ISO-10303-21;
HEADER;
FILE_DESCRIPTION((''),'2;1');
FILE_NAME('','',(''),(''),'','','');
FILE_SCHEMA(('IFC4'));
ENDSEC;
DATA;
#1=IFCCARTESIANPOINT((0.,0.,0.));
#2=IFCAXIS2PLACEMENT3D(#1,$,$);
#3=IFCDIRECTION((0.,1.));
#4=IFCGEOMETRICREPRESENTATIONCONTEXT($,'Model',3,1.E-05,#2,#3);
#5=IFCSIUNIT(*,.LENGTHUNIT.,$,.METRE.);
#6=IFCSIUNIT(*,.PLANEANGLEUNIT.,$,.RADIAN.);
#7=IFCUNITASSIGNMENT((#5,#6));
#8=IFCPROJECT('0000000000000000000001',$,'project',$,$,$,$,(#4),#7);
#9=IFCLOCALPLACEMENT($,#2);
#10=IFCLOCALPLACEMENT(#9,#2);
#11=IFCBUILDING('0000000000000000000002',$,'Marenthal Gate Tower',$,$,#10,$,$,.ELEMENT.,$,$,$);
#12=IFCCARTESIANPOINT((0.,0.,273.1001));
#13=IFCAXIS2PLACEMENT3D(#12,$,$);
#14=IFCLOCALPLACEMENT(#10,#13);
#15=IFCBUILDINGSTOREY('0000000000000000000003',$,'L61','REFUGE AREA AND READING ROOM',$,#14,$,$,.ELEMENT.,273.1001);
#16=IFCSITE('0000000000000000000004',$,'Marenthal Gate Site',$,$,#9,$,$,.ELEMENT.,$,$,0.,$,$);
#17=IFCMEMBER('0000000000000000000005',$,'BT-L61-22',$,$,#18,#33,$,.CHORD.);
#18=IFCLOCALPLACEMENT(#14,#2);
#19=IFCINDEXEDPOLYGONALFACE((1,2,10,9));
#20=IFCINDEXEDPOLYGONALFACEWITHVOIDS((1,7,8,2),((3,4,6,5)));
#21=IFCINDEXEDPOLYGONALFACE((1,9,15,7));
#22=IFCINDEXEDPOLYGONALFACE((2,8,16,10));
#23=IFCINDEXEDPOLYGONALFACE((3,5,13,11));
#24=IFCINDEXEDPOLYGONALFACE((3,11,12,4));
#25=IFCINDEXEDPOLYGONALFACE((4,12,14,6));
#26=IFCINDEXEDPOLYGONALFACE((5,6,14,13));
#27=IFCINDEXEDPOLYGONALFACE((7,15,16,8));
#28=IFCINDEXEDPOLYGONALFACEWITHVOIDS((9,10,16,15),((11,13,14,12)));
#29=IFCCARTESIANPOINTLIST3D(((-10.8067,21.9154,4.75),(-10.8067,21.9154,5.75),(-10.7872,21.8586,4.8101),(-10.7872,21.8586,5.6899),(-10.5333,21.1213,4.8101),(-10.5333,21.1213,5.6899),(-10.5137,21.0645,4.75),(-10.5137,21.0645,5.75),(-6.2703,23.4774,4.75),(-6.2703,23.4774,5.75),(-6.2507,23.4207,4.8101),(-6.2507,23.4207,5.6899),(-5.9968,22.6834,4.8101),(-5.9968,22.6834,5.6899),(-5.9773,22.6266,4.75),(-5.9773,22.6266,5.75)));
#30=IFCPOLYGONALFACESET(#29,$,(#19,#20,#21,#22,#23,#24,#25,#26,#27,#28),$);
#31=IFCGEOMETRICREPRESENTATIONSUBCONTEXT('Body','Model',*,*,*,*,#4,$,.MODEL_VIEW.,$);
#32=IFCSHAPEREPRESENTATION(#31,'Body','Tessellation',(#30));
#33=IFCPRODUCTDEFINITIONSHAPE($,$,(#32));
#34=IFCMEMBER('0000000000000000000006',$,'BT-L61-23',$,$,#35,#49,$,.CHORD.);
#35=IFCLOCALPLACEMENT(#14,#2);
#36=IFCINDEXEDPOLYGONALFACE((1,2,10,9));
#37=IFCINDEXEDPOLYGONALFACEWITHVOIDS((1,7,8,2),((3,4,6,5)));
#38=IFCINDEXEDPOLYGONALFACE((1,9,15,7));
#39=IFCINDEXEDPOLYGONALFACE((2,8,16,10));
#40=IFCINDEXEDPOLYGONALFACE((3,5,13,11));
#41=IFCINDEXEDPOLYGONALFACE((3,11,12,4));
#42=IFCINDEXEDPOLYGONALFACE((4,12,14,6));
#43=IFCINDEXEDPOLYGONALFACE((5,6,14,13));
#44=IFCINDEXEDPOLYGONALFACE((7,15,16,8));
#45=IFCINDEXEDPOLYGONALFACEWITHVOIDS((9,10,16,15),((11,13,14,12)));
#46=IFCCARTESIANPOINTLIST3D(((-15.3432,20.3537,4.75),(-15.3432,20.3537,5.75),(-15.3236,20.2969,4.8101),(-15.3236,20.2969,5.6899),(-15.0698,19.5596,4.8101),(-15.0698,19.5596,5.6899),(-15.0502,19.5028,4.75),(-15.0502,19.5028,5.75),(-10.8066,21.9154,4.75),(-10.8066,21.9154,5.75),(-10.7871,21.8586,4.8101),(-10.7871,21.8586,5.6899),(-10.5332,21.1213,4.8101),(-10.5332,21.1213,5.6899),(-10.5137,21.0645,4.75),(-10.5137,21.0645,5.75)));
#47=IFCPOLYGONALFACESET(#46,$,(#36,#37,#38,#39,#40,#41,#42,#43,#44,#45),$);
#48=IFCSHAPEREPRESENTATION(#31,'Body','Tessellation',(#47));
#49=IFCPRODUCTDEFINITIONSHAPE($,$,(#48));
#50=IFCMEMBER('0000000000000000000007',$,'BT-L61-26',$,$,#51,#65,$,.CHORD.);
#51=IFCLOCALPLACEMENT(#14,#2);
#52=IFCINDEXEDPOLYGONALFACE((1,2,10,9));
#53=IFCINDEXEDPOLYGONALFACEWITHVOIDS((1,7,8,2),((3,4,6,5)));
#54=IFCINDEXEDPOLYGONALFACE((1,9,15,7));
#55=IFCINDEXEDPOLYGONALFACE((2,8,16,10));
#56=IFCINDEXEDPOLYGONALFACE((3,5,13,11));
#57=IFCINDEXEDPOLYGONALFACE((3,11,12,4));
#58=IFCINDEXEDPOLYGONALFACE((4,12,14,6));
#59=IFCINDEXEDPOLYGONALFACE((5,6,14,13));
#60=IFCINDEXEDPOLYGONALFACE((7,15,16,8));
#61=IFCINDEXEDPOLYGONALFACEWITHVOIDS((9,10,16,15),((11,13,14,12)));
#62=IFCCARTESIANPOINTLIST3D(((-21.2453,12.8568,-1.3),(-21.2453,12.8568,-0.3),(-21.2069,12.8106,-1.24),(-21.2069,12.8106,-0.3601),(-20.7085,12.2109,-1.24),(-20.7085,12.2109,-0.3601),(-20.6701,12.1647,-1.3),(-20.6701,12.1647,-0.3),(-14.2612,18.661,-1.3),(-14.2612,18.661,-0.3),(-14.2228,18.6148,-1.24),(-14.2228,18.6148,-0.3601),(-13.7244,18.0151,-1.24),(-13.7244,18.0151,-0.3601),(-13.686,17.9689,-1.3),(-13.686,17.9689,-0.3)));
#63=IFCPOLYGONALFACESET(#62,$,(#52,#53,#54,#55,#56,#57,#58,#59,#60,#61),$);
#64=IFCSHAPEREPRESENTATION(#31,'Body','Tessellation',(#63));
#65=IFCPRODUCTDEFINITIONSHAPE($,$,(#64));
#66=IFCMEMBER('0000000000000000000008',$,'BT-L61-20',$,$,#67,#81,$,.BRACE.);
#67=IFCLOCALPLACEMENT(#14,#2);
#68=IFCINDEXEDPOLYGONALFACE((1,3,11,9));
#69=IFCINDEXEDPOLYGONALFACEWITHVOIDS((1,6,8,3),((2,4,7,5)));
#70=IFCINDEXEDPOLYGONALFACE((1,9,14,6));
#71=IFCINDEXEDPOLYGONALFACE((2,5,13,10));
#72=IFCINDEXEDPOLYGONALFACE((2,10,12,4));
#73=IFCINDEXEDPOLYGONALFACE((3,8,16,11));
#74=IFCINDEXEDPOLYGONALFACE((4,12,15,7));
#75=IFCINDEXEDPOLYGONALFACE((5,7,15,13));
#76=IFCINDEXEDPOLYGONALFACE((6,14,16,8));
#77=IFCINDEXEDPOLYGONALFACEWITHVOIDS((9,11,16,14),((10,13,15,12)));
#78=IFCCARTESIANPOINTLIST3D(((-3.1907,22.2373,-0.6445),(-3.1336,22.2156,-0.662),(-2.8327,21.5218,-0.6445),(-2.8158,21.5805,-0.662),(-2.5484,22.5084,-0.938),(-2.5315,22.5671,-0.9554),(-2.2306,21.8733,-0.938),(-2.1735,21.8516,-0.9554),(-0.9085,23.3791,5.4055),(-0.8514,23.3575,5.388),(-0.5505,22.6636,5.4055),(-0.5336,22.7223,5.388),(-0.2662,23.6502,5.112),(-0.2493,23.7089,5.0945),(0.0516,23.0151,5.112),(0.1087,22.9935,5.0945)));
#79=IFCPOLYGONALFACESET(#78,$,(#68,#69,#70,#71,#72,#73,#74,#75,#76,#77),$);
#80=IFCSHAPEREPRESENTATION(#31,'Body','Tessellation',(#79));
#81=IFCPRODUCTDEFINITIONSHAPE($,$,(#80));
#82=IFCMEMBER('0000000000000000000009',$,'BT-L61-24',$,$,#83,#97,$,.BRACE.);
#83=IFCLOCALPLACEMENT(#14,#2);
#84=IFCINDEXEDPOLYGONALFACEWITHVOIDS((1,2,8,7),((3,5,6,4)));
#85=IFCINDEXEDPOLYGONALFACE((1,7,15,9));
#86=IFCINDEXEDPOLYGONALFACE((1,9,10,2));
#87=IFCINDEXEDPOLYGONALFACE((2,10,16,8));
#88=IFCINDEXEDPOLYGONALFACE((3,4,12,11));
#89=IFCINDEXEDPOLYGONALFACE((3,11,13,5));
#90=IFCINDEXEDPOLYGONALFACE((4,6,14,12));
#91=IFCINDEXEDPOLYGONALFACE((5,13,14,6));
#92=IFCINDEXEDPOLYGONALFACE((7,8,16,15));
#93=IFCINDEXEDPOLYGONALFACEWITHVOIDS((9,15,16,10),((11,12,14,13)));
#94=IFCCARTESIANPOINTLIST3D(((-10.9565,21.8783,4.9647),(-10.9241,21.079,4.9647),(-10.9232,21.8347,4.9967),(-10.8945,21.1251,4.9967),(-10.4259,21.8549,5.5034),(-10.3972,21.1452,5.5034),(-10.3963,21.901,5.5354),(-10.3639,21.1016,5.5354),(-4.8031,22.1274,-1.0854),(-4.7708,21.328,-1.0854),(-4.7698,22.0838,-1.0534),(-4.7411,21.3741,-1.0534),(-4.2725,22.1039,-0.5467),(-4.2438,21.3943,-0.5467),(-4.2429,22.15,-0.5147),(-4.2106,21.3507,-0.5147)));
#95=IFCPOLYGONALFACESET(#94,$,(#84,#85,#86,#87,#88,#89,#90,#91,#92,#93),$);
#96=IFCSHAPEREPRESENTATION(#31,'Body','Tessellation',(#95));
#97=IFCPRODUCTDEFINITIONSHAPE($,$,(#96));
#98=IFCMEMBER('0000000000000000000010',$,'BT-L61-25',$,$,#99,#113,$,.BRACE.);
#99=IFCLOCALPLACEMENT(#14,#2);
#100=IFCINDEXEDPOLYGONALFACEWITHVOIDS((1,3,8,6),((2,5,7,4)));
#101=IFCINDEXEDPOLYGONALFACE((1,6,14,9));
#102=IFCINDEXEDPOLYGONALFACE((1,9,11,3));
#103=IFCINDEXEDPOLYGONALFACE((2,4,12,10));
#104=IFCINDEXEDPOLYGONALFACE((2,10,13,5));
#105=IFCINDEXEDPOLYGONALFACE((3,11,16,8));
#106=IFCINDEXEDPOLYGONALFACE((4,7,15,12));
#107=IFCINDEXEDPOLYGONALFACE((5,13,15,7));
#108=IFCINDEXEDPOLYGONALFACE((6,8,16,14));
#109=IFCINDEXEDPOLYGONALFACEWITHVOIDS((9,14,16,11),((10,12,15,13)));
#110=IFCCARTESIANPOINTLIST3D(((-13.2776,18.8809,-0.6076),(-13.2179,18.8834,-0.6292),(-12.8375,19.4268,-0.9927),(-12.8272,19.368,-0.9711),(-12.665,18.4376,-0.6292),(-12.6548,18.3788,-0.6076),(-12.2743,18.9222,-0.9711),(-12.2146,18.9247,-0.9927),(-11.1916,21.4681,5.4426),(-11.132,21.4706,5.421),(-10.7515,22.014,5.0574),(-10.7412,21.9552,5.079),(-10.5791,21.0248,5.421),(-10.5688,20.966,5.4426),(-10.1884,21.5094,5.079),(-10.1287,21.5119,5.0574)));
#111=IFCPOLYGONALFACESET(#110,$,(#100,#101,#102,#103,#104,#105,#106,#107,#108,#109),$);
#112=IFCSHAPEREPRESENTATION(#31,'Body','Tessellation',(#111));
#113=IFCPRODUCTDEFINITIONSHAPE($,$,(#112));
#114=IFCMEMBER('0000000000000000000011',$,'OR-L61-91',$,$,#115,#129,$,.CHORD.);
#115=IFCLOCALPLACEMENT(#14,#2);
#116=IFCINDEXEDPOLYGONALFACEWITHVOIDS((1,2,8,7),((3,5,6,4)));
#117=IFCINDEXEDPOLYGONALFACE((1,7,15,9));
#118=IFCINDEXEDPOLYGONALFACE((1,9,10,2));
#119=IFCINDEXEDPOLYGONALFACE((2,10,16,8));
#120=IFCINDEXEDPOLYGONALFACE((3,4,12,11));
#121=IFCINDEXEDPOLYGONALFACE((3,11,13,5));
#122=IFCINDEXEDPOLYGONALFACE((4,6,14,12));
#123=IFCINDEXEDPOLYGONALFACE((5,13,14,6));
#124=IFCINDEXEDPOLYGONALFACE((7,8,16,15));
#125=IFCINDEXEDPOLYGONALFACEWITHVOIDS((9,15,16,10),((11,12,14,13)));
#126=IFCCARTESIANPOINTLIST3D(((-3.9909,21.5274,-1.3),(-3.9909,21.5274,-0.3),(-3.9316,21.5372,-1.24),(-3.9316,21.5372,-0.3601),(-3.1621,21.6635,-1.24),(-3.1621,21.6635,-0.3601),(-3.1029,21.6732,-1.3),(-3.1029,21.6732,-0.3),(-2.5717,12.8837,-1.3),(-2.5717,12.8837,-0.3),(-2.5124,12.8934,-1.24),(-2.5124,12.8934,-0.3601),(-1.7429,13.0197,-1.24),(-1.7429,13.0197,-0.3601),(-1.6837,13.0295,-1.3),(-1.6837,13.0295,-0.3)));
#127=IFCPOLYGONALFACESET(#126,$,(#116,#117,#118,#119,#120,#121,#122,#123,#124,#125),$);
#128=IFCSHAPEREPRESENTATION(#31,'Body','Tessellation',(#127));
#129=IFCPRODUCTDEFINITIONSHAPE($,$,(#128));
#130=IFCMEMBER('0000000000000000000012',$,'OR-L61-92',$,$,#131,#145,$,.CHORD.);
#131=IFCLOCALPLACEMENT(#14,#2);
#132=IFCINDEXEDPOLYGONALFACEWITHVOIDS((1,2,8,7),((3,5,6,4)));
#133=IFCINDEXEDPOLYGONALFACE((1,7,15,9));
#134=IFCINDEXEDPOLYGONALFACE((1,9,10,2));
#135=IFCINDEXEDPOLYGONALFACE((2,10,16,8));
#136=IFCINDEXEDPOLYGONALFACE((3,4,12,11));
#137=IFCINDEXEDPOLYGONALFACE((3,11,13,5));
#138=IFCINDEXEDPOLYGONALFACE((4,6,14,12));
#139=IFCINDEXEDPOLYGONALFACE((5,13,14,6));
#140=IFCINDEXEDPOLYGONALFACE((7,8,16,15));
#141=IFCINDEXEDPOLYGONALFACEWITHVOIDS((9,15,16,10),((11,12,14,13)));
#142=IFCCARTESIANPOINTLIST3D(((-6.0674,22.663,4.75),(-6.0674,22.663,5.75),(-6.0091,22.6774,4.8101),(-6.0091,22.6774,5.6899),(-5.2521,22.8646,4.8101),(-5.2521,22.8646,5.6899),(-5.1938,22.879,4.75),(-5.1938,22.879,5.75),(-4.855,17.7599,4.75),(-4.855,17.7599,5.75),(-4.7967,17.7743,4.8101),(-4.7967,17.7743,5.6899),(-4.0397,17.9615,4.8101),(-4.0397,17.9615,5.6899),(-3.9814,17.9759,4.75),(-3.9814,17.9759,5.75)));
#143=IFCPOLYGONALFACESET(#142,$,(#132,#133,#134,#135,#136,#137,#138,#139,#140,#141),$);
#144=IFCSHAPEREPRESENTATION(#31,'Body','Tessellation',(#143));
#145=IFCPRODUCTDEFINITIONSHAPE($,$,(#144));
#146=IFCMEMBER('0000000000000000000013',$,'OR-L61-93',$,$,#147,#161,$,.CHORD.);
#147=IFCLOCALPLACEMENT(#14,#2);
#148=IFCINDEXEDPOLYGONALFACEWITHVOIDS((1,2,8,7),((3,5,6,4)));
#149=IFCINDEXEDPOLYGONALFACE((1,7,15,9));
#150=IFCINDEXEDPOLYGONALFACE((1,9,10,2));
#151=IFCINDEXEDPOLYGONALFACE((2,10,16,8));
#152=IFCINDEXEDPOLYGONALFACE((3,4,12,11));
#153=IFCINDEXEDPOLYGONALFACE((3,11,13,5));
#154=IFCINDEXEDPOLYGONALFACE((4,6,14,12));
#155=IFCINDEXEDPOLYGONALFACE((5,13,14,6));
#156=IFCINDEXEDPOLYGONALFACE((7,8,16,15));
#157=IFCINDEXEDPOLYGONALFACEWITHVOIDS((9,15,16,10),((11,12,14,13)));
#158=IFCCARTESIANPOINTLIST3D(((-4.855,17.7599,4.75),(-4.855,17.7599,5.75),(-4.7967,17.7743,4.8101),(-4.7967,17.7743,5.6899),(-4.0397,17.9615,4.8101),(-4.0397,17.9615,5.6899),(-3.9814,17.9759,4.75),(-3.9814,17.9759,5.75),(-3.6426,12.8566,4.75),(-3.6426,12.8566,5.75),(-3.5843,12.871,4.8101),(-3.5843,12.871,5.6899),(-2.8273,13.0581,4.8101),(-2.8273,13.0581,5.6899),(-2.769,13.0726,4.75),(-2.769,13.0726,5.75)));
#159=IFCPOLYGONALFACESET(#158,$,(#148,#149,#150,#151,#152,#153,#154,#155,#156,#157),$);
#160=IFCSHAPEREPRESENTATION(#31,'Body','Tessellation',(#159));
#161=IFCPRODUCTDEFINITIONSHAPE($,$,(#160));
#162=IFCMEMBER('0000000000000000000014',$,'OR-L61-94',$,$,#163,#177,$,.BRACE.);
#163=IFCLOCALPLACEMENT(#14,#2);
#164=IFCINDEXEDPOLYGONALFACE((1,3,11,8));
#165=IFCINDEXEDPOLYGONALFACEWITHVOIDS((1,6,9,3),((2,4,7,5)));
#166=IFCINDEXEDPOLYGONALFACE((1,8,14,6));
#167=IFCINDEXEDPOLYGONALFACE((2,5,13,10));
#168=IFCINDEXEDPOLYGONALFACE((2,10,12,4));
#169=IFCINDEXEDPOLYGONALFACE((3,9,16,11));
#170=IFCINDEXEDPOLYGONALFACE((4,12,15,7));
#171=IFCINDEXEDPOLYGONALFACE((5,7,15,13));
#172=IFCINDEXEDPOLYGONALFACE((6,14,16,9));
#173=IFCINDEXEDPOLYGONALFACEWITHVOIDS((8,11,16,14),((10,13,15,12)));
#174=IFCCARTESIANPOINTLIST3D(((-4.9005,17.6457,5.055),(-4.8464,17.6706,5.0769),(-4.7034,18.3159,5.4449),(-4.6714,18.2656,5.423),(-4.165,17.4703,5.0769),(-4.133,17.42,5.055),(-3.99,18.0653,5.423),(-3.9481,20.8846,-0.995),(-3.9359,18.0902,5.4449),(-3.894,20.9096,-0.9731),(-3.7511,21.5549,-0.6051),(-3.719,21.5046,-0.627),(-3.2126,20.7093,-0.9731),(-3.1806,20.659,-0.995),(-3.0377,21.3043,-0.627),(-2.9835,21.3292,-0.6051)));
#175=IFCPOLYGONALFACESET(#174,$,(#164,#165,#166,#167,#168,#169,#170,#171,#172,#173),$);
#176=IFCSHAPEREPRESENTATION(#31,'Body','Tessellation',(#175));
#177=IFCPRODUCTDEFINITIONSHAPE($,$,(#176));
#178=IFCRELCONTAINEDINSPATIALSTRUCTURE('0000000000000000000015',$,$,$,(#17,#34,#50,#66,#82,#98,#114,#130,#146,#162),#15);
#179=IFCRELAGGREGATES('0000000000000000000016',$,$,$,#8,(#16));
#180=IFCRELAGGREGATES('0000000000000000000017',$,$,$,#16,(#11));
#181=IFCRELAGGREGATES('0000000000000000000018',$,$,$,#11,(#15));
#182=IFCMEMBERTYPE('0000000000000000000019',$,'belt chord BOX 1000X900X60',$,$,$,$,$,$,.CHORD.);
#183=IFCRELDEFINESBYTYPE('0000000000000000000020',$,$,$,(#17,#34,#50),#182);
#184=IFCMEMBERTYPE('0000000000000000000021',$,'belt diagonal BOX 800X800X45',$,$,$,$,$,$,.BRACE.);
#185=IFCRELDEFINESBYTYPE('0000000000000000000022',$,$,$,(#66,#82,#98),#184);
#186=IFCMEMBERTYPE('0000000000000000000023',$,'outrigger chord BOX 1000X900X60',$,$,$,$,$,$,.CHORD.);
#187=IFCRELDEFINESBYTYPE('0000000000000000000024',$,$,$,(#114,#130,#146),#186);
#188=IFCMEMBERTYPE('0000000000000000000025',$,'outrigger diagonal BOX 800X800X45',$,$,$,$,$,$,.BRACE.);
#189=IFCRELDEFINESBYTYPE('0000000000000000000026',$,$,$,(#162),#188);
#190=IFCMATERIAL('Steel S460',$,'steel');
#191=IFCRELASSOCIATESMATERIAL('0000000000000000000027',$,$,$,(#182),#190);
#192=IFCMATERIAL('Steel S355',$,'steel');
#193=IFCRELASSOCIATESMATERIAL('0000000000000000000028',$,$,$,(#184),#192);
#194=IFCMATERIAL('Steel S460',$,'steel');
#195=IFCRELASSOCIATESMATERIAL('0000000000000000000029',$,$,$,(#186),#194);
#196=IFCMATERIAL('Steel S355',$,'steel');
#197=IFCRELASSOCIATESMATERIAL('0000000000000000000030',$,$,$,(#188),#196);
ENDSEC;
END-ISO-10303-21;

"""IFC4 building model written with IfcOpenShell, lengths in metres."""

from ifc_helpers import new_model, si_unit, direction, frame, origin, origin_2d, place, context, subcontext, project, spatial, hollow_rectangle, extrude, material, material_profile, profile_set, type_object, element, save


model = new_model("IFC4")

# Units and contexts
model_context = context("Model", 3, precision=1e-05, world=origin(), true_north=direction((0.0, 1.0)))
body_context = subcontext(model_context, "Body", "Model", "MODEL_VIEW")
ifc_project = project(units=[si_unit("LENGTHUNIT", "METRE"), si_unit("PLANEANGLEUNIT", "RADIAN")], contexts=[model_context])

# Site, building, storey
site_placement = place(None, origin())
site = spatial("IfcSite", under=ifc_project, at=site_placement, Name="Marenthal Gate Site", CompositionType="ELEMENT", RefElevation=0.0)
building_placement = place(site_placement, origin())
building = spatial("IfcBuilding", under=site, at=building_placement, Name="Marenthal Gate Tower", CompositionType="ELEMENT")
storey_placement = place(building_placement, frame((0.0, 0.0, 273.1001)))
storey = spatial("IfcBuildingStorey", under=building, at=storey_placement, Name="L61", Description="REFUGE AREA AND READING ROOM", CompositionType="ELEMENT", Elevation=273.1001)

# Members
ifc_material_1 = material(Name="Steel S460", Category="steel")
ifc_material_profile_1 = material_profile(ifc_material_1, hollow_rectangle(XDim=0.8999, YDim=1.0, WallThickness=0.0601, at=origin_2d()), Name="BOX 1000X900X60")
ifc_profile_set_1 = profile_set([ifc_material_profile_1], Name="Steel S460")
member_type_1 = type_object("IfcMemberType", Name="belt chord BOX 1000X900X60", PredefinedType="CHORD", material=ifc_profile_set_1)
for number, where, z_axis, x_axis, name in (
    (1, (-6.1238, 23.052, 5.25), (-0.945518, -0.32557, 0.0), (0.32557, -0.945518, 0.0), "BT-L61-22"),
    (2, (-10.6602, 21.49, 5.25), (-0.945539, -0.325509, 0.0), (0.325509, -0.945539, 0.0), "BT-L61-23"),
):
    element("IfcMember", number, at=place(storey_placement, frame(where, z_axis=z_axis, x_axis=x_axis)), inside=storey, type_object=member_type_1, Name=name, PredefinedType="CHORD", context=body_context, shape_type="SweptSolid", body=[
        extrude(hollow_rectangle(XDim=0.8999, YDim=1.0, WallThickness=0.0601, at=origin_2d()), origin(), (0.0, 0.0, 1.0), 4.7979),
    ])
member_1_placement = place(storey_placement, frame((-13.9736, 18.3149, -0.8), z_axis=(-0.769082, -0.63915, 0.0), x_axis=(0.63915, -0.769082, 0.0)))
element("IfcMember", 3, at=member_1_placement, inside=storey, type_object=member_type_1, Name="BT-L61-26", PredefinedType="CHORD", context=body_context, shape_type="SweptSolid", body=[
    extrude(hollow_rectangle(XDim=0.8999, YDim=1.0, WallThickness=0.0601, at=origin_2d()), origin(), (0.0, 0.0, 1.0), 9.0811),
])
ifc_material_2 = material(Name="Steel S355", Category="steel")
ifc_material_profile_2 = material_profile(ifc_material_2, hollow_rectangle(XDim=0.8, YDim=0.8, WallThickness=0.0449, at=origin_2d()), Name="BOX 800X800X45")
ifc_profile_set_2 = profile_set([ifc_material_profile_2], Name="Steel S355")
member_type_2 = type_object("IfcMemberType", Name="belt diagonal BOX 800X800X45", PredefinedType="BRACE", material=ifc_profile_set_2)
member_2_placement = place(storey_placement, frame((-0.3999, 23.1863, 5.25), z_axis=(-0.34757, -0.173897, -0.921388), x_axis=(0.447443, -0.894312, 0.0)))
element("IfcMember", 4, at=member_2_placement, inside=storey, type_object=member_type_2, Name="BT-L61-20", PredefinedType="BRACE", context=body_context, shape_type="SweptSolid", body=[
    extrude(hollow_rectangle(XDim=0.8, YDim=0.8, WallThickness=0.0449, at=origin_2d()), origin(), (0.0, 0.0, 1.0), 6.5662),
])
member_3_placement = place(storey_placement, frame((-4.5068, 21.739, -0.8), z_axis=(-0.712768, -0.028846, 0.700806), x_axis=(0.040437, -0.999182, 0.0)))
element("IfcMember", 5, at=member_3_placement, inside=storey, type_object=member_type_2, Name="BT-L61-24", PredefinedType="BRACE", context=body_context, shape_type="SweptSolid", body=[
    extrude(hollow_rectangle(XDim=0.8, YDim=0.8, WallThickness=0.0449, at=origin_2d()), origin(), (0.0, 0.0, 1.0), 8.6331),
])
member_4_placement = place(storey_placement, frame((-10.6602, 21.49, 5.25), z_axis=(-0.30219, -0.374802, -0.876473), x_axis=(0.778484, -0.627665, 0.0)))
element("IfcMember", 6, at=member_4_placement, inside=storey, type_object=member_type_2, Name="BT-L61-25", PredefinedType="BRACE", context=body_context, shape_type="SweptSolid", body=[
    extrude(hollow_rectangle(XDim=0.8, YDim=0.8, WallThickness=0.0449, at=origin_2d()), origin(), (0.0, 0.0, 1.0), 6.9028),
])
ifc_material_3 = material(Name="Steel S460", Category="steel")
ifc_material_profile_3 = material_profile(ifc_material_3, hollow_rectangle(XDim=0.8999, YDim=1.0, WallThickness=0.0601, at=origin_2d()), Name="BOX 1000X900X60")
ifc_profile_set_3 = profile_set([ifc_material_profile_3], Name="Steel S460")
member_type_3 = type_object("IfcMemberType", Name="outrigger chord BOX 1000X900X60", PredefinedType="CHORD", material=ifc_profile_set_3)
member_5_placement = place(storey_placement, frame((-3.5469, 21.6003, -0.8), z_axis=(0.162017, -0.986788, 0.0), x_axis=(0.986788, 0.162017, 0.0)))
element("IfcMember", 7, at=member_5_placement, inside=storey, type_object=member_type_3, Name="OR-L61-91", PredefinedType="CHORD", context=body_context, shape_type="SweptSolid", body=[
    extrude(hollow_rectangle(XDim=0.8999, YDim=1.0, WallThickness=0.0601, at=origin_2d()), origin(), (0.0, 0.0, 1.0), 8.7595),
])
member_6_placement = place(storey_placement, frame((-5.6306, 22.771, 5.25), z_axis=(0.240044, -0.970762, 0.0), x_axis=(0.970762, 0.240044, 0.0)))
element("IfcMember", 8, at=member_6_placement, inside=storey, type_object=member_type_3, Name="OR-L61-92", PredefinedType="CHORD", context=body_context, shape_type="SweptSolid", body=[
    extrude(hollow_rectangle(XDim=0.8999, YDim=1.0, WallThickness=0.0601, at=origin_2d()), origin(), (0.0, 0.0, 1.0), 5.0508),
])
member_7_placement = place(storey_placement, frame((-4.4182, 17.8679, 5.25), z_axis=(0.240033, -0.970765, 0.0), x_axis=(0.970765, 0.240033, 0.0)))
element("IfcMember", 9, at=member_7_placement, inside=storey, type_object=member_type_3, Name="OR-L61-93", PredefinedType="CHORD", context=body_context, shape_type="SweptSolid", body=[
    extrude(hollow_rectangle(XDim=0.8999, YDim=1.0, WallThickness=0.0601, at=origin_2d()), origin(), (0.0, 0.0, 1.0), 5.051),
])
ifc_material_4 = material(Name="Steel S355", Category="steel")
ifc_material_profile_4 = material_profile(ifc_material_4, hollow_rectangle(XDim=0.8, YDim=0.8, WallThickness=0.0449, at=origin_2d()), Name="BOX 800X800X45")
ifc_profile_set_4 = profile_set([ifc_material_profile_4], Name="Steel S355")
member_type_4 = type_object("IfcMemberType", Name="outrigger diagonal BOX 800X800X45", PredefinedType="BRACE", material=ifc_profile_set_4)
member_8_placement = place(storey_placement, frame((-3.4658, 21.1069, -0.8), z_axis=(-0.137464, -0.467505, 0.873237), x_axis=(0.959386, -0.282096, 0.0)))
element("IfcMember", 10, at=member_8_placement, inside=storey, type_object=member_type_4, Name="OR-L61-94", PredefinedType="BRACE", context=body_context, shape_type="SweptSolid", body=[
    extrude(hollow_rectangle(XDim=0.8, YDim=0.8, WallThickness=0.0449, at=origin_2d()), origin(), (0.0, 0.0, 1.0), 6.9282),
])

save(model, "model.ifc")
